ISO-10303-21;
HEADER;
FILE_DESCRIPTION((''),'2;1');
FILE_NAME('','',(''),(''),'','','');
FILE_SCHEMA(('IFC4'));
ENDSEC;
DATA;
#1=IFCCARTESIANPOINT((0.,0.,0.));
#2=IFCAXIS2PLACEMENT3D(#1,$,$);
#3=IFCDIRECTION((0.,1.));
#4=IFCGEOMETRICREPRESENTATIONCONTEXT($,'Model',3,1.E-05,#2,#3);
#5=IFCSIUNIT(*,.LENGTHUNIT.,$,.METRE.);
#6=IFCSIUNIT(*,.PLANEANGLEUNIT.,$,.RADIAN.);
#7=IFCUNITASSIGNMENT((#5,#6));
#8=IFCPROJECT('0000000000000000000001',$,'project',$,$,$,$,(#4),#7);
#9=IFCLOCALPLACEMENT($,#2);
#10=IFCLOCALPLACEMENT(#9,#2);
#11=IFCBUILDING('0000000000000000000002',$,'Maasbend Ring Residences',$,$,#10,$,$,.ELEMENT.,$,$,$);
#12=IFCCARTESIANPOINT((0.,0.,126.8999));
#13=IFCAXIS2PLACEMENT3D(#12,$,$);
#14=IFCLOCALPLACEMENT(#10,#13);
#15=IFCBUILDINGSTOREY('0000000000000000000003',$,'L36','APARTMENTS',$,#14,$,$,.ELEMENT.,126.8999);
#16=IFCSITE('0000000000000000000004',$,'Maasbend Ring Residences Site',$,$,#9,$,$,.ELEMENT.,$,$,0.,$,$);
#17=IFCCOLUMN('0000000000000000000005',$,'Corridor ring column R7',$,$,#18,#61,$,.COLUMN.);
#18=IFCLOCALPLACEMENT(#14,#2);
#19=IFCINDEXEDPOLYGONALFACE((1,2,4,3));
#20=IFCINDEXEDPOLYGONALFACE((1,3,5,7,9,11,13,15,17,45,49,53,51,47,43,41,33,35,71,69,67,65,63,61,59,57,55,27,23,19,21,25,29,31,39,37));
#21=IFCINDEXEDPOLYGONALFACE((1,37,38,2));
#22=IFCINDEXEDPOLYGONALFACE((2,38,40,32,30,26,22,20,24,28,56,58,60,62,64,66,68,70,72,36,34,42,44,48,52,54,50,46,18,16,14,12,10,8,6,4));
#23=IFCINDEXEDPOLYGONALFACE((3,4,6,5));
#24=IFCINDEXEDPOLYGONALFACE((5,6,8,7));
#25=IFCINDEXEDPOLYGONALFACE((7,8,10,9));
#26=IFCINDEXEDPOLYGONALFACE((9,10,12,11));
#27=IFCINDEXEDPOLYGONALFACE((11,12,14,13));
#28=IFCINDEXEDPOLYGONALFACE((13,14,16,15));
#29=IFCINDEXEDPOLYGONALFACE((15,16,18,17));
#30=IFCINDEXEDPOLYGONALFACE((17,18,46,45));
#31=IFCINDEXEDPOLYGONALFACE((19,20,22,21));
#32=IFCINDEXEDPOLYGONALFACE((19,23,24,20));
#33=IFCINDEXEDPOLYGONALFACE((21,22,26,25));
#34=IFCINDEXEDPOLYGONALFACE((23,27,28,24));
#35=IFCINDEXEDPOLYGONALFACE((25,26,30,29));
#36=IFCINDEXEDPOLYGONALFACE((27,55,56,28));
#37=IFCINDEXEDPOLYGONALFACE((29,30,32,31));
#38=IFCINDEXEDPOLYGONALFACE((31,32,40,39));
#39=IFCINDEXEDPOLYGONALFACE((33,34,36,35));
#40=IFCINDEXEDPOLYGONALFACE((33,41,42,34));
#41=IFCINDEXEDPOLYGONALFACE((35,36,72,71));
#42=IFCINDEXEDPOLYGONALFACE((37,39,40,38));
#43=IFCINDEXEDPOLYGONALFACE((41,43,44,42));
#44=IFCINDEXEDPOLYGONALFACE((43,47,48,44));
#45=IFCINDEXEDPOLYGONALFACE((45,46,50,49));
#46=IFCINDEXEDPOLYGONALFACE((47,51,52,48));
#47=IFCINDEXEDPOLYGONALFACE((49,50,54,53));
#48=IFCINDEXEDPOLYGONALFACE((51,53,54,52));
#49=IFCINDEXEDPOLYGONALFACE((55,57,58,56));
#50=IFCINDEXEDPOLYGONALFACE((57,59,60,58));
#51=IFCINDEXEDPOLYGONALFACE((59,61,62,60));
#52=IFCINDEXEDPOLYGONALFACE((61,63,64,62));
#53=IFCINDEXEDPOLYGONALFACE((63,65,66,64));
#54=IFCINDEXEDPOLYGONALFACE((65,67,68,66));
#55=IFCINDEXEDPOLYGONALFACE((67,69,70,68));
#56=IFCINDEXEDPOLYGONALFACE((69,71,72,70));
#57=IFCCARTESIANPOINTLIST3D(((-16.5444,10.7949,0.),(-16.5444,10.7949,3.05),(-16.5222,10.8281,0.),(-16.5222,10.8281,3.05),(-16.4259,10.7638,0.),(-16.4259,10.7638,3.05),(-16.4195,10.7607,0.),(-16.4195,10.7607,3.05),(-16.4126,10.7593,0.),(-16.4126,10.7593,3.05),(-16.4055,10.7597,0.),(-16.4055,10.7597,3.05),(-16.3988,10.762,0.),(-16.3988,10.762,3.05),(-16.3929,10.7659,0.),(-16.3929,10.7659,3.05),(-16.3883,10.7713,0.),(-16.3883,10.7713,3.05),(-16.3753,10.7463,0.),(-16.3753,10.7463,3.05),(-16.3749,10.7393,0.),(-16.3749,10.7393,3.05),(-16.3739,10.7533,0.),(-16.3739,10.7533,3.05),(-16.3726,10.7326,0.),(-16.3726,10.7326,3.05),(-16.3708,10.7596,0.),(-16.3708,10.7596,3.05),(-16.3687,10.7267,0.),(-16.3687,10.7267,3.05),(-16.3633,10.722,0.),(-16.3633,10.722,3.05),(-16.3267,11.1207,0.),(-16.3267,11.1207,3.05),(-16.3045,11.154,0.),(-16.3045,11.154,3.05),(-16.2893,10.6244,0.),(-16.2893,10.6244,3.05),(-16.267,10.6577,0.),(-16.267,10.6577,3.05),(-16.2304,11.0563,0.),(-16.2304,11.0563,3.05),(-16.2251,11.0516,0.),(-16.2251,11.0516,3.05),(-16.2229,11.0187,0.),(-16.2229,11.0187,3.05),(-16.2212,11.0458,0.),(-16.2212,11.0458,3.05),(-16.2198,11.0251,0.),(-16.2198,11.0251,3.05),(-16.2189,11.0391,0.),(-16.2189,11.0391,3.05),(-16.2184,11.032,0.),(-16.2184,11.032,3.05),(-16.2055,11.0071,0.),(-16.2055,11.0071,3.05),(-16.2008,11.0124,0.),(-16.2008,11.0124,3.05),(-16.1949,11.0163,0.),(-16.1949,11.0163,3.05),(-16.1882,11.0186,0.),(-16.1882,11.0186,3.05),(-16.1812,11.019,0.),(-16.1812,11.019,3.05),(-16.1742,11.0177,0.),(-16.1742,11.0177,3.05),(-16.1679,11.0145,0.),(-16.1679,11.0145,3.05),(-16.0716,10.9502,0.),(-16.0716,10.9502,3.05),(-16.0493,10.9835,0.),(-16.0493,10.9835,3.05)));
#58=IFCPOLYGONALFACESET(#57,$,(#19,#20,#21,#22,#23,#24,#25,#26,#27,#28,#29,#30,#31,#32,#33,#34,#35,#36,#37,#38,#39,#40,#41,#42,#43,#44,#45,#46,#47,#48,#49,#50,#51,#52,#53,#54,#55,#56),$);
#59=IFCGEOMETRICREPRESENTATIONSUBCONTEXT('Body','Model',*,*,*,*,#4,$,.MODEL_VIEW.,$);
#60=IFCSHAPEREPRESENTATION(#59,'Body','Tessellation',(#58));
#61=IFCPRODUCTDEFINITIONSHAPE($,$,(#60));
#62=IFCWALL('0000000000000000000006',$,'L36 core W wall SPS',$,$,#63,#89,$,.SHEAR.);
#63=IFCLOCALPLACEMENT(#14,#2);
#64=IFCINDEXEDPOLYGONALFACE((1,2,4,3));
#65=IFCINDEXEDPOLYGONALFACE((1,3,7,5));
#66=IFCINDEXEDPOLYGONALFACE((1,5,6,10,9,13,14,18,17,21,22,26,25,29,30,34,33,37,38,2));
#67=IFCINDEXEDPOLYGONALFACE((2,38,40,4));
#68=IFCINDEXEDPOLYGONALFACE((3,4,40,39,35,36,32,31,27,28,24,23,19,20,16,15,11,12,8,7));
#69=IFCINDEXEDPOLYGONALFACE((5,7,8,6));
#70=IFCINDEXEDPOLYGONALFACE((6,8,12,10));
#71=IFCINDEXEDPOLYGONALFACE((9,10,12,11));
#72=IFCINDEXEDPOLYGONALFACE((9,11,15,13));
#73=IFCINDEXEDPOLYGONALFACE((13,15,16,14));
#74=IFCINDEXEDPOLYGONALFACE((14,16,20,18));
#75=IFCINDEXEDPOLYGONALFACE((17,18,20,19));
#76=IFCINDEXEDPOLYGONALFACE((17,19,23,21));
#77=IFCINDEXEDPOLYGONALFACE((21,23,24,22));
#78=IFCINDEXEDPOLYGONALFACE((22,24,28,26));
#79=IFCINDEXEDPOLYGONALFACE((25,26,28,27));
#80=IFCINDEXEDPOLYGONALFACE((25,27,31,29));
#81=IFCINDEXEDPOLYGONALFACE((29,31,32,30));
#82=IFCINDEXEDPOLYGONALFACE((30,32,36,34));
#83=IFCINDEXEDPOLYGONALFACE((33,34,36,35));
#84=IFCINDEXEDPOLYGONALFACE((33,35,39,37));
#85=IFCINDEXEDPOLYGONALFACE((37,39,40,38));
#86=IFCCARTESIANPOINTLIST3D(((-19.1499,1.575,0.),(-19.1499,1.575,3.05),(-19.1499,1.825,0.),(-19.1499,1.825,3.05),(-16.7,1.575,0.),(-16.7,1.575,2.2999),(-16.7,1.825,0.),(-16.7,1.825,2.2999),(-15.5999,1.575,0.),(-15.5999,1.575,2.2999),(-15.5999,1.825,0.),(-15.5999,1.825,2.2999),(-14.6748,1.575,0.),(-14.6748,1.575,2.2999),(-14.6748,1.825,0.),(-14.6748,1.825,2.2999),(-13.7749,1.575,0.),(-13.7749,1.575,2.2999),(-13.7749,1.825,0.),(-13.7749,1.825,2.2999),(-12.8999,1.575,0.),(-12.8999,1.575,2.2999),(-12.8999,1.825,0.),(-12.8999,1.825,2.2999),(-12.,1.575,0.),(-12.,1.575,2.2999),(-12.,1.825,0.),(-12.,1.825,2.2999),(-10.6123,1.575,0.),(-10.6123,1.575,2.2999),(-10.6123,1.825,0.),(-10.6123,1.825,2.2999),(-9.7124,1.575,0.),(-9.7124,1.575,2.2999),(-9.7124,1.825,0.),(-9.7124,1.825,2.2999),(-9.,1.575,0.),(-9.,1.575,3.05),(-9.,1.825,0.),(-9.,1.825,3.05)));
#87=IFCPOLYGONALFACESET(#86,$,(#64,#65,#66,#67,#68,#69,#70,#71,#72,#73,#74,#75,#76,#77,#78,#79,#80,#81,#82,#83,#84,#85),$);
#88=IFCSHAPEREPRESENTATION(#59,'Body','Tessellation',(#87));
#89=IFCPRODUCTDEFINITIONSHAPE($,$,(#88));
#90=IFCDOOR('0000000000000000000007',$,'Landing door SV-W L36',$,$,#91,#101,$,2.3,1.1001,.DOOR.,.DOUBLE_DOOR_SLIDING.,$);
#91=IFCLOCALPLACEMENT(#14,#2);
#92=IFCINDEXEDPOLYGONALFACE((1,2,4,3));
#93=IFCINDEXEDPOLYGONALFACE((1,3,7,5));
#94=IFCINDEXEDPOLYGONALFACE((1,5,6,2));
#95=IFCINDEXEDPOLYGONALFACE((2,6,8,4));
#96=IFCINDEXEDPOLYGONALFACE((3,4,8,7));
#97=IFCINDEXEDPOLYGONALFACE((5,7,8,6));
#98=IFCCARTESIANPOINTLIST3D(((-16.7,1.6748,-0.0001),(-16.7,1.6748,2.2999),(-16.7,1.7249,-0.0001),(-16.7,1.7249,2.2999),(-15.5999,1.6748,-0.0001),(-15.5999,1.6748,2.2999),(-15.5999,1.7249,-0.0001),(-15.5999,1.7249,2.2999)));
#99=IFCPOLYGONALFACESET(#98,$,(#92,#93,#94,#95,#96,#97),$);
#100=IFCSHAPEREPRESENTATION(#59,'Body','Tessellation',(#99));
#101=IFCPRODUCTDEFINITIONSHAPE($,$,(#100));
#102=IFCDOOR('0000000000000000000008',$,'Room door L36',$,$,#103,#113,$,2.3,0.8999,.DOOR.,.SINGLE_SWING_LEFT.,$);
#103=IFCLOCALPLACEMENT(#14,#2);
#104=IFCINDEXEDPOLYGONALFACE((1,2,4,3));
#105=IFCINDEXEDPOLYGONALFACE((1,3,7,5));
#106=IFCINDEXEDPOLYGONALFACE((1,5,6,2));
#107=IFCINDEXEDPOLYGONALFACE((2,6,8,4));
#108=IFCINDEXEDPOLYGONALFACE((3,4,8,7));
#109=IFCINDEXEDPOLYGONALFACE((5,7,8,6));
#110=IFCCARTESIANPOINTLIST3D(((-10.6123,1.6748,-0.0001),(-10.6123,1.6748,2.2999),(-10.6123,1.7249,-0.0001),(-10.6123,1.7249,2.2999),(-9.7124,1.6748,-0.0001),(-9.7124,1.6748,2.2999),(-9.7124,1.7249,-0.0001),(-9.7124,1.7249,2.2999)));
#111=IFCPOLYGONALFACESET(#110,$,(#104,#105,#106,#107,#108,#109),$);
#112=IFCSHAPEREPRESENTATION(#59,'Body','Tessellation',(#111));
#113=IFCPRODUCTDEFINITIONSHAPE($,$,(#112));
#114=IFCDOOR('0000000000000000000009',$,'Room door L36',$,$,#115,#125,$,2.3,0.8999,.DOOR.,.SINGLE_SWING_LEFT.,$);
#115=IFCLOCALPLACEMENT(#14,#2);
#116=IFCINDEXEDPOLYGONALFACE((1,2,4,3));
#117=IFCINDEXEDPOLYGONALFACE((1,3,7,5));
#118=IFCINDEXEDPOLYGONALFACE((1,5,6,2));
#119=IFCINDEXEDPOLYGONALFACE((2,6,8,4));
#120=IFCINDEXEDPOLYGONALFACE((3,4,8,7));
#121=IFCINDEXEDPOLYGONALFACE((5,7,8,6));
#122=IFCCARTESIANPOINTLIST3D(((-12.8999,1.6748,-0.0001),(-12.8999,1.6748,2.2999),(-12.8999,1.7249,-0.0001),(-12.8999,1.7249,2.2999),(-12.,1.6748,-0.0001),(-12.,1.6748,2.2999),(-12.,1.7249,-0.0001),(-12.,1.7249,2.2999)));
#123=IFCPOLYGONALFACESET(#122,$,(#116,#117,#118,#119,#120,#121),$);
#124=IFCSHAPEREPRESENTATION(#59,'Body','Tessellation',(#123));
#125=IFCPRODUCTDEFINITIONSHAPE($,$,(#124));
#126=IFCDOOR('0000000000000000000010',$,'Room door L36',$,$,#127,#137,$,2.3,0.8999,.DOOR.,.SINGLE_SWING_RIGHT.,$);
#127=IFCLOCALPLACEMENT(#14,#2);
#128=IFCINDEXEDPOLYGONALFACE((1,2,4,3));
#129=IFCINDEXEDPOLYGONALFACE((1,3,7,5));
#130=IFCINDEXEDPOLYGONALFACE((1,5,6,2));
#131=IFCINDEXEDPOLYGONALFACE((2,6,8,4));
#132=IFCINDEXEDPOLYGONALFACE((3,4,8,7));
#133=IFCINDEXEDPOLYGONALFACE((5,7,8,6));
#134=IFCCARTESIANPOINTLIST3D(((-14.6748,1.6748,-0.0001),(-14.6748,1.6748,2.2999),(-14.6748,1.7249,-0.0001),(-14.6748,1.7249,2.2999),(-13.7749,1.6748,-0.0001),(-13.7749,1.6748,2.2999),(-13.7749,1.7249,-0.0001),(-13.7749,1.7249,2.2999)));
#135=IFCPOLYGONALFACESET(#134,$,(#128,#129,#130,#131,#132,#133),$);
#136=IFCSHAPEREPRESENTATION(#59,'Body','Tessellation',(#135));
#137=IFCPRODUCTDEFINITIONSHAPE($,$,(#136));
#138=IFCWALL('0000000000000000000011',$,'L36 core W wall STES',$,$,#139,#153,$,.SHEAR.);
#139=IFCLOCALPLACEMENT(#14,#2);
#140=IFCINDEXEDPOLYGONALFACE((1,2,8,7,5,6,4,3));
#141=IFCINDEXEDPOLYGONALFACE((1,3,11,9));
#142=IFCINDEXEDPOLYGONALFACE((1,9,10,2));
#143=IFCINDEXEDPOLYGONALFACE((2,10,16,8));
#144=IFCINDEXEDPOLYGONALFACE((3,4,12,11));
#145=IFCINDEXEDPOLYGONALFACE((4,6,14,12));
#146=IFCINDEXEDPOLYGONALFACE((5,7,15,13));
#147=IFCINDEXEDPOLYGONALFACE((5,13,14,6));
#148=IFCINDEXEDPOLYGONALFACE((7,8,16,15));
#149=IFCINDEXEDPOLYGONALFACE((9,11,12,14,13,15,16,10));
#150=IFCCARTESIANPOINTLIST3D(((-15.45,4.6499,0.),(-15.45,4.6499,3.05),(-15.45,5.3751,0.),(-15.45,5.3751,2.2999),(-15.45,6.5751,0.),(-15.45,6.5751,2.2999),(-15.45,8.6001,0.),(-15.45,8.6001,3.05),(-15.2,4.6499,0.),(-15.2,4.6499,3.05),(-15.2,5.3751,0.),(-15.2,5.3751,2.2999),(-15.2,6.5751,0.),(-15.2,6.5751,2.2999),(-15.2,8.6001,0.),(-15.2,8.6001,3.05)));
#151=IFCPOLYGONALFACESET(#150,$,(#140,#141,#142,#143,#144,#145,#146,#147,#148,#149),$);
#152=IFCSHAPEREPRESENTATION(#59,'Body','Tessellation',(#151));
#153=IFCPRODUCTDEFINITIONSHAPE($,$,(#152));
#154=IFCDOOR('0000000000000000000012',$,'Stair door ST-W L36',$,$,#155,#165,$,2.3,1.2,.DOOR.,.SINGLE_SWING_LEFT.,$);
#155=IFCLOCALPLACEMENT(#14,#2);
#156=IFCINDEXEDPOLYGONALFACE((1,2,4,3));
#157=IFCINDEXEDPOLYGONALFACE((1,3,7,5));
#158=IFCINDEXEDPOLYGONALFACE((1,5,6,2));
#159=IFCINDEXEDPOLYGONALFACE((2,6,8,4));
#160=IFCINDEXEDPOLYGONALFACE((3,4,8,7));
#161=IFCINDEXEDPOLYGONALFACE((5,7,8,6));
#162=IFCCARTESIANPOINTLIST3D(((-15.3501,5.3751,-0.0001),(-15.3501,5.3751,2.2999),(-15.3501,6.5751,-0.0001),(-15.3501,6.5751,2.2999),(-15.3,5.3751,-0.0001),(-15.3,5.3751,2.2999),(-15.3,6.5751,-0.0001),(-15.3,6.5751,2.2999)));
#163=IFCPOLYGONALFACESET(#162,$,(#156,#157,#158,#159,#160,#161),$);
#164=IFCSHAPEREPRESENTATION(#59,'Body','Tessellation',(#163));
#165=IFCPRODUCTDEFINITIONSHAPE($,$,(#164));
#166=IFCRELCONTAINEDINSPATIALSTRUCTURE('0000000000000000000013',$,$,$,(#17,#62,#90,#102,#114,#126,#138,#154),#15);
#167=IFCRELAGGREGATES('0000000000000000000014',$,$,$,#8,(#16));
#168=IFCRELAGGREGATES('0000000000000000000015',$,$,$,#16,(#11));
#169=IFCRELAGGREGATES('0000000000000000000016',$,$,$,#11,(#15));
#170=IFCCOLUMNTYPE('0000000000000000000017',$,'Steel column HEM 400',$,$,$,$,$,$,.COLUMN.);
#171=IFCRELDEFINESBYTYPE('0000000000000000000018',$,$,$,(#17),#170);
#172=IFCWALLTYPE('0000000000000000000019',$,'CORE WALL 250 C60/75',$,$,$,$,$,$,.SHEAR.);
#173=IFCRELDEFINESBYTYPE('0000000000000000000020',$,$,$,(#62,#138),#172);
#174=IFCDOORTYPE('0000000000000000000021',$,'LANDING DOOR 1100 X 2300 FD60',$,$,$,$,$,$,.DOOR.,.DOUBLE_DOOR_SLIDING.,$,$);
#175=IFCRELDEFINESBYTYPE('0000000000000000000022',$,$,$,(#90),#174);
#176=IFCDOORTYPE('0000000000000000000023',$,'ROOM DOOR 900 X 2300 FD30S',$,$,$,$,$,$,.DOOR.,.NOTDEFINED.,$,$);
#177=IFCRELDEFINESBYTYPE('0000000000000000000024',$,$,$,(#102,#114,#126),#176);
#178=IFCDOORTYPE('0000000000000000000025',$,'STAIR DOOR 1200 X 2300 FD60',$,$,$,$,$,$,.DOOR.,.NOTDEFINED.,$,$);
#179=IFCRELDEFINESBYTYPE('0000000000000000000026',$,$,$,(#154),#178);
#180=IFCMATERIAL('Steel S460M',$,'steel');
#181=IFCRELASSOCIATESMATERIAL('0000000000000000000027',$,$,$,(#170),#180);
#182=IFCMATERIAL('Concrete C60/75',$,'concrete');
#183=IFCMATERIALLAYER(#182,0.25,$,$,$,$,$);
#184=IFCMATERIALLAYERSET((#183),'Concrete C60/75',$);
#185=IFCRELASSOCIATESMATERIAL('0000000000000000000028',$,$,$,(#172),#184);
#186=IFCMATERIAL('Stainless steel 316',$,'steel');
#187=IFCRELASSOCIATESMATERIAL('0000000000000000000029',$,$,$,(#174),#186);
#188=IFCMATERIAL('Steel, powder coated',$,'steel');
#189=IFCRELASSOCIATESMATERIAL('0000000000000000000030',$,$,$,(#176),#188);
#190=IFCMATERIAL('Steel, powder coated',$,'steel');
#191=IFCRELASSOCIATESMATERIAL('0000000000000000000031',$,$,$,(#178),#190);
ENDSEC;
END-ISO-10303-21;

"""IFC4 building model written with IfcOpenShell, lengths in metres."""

from ifc_helpers import new_model, si_unit, direction, frame, frame_2d, origin, origin_2d, place, context, subcontext, project, spatial, rectangle, i_section, extrude, material, layer, layer_set, material_profile, profile_set, type_object, element, fill, save


model = new_model("IFC4")

# Units and contexts
model_context = context("Model", 3, precision=1e-05, world=origin(), true_north=direction((0.0, 1.0)))
body_context = subcontext(model_context, "Body", "Model", "MODEL_VIEW")
ifc_project = project(units=[si_unit("LENGTHUNIT", "METRE"), si_unit("PLANEANGLEUNIT", "RADIAN")], contexts=[model_context])

# Site, building, storey
site_placement = place(None, origin())
site = spatial("IfcSite", under=ifc_project, at=site_placement, Name="Maasbend Ring Residences Site", CompositionType="ELEMENT", RefElevation=0.0)
building_placement = place(site_placement, origin())
building = spatial("IfcBuilding", under=site, at=building_placement, Name="Maasbend Ring Residences", CompositionType="ELEMENT")
storey_placement = place(building_placement, frame((0.0, 0.0, 126.8999)))
storey = spatial("IfcBuildingStorey", under=building, at=storey_placement, Name="L36", Description="APARTMENTS", CompositionType="ELEMENT", Elevation=126.8999)

# Column
ifc_material_1 = material(Name="Steel S460M", Category="steel")
ifc_material_profile = material_profile(ifc_material_1, i_section(OverallWidth=0.3069, OverallDepth=0.4319, WebThickness=0.021, FlangeThickness=0.04, FilletRadius=0.0271, at=origin_2d()), Name="HEM 400")
ifc_profile_set = profile_set([ifc_material_profile], Name="Steel S460M")
column_type = type_object("IfcColumnType", Name="Steel column HEM 400", PredefinedType="COLUMN", material=ifc_profile_set)
column_placement = place(storey_placement, frame((-16.2969, 10.8892, 0.0), z_axis=(0.0, 0.0, 1.0), x_axis=(-0.83147, 0.55557, 0.0)))
element("IfcColumn", 1, at=column_placement, inside=storey, type_object=column_type, Name="Corridor ring column R7", PredefinedType="COLUMN", context=body_context, shape_type="SweptSolid", body=[
    extrude(i_section(OverallWidth=0.3069, OverallDepth=0.4319, WebThickness=0.021, FlangeThickness=0.04, FilletRadius=0.0271, at=origin_2d()), origin(), (0.0, 0.0, 1.0), 3.05),
])

# Wall, openings, doors
ifc_material_2 = material(Name="Concrete C60/75", Category="concrete")
ifc_layer_1 = layer(ifc_material_2, 0.25)
ifc_layer_set_1 = layer_set([ifc_layer_1], Name="Concrete C60/75")
wall_type_1 = type_object("IfcWallType", Name="CORE WALL 250 C60/75", PredefinedType="SHEAR", material=ifc_layer_set_1)
wall_1_placement = place(storey_placement, frame((-19.1499, 1.7, 0.0), z_axis=(0.0, 0.0, 1.0), x_axis=(1.0, 0.0, 0.0)))
wall_1 = element("IfcWall", 2, at=wall_1_placement, inside=storey, type_object=wall_type_1, Name="L36 core W wall SPS", PredefinedType="SHEAR", context=body_context, shape_type="SweptSolid", body=[
    extrude(rectangle(XDim=10.1499, YDim=0.25, at=frame_2d((5.075, 0.0))), origin(), (0.0, 0.0, 1.0), 3.05),
])
opening_1_placement = place(wall_1_placement, frame((2.45, 0.0, 0.0)))
opening_1 = element("IfcOpeningElement", 3, at=opening_1_placement, cuts=wall_1, PredefinedType="OPENING", context=body_context, shape_type="SweptSolid", body=[
    extrude(rectangle(XDim=1.1001, YDim=2.3, at=frame_2d((0.55, 1.1499))), frame((0.0, 0.135, 0.0), z_axis=(0.0, -1.0, 0.0), x_axis=(1.0, 0.0, 0.0)), (0.0, 0.0, 1.0), 0.27),
])
opening_2_placement = place(wall_1_placement, frame((8.5376, 0.0, 0.0)))
opening_2 = element("IfcOpeningElement", 4, at=opening_2_placement, cuts=wall_1, PredefinedType="OPENING", context=body_context, shape_type="SweptSolid", body=[
    extrude(rectangle(XDim=0.8999, YDim=2.3, at=frame_2d((0.45, 1.1499))), frame((0.0, 0.135, 0.0), z_axis=(0.0, -1.0, 0.0), x_axis=(1.0, 0.0, 0.0)), (0.0, 0.0, 1.0), 0.27),
])
opening_3_placement = place(wall_1_placement, frame((6.25, 0.0, 0.0)))
opening_3 = element("IfcOpeningElement", 5, at=opening_3_placement, cuts=wall_1, PredefinedType="OPENING", context=body_context, shape_type="SweptSolid", body=[
    extrude(rectangle(XDim=0.8999, YDim=2.3, at=frame_2d((0.45, 1.1499))), frame((0.0, 0.135, 0.0), z_axis=(0.0, -1.0, 0.0), x_axis=(1.0, 0.0, 0.0)), (0.0, 0.0, 1.0), 0.27),
])
opening_4_placement = place(wall_1_placement, frame((4.4751, 0.0, 0.0)))
opening_4 = element("IfcOpeningElement", 6, at=opening_4_placement, cuts=wall_1, PredefinedType="OPENING", context=body_context, shape_type="SweptSolid", body=[
    extrude(rectangle(XDim=0.8999, YDim=2.3, at=frame_2d((0.45, 1.1499))), frame((0.0, 0.135, 0.0), z_axis=(0.0, -1.0, 0.0), x_axis=(1.0, 0.0, 0.0)), (0.0, 0.0, 1.0), 0.27),
])
ifc_material_3 = material(Name="Stainless steel 316", Category="steel")
door_type_1 = type_object("IfcDoorType", Name="LANDING DOOR 1100 X 2300 FD60", OperationType="DOUBLE_DOOR_SLIDING", PredefinedType="DOOR", material=ifc_material_3)
door_1_placement = place(opening_1_placement, origin())
door_1 = element("IfcDoor", 7, at=door_1_placement, inside=storey, type_object=door_type_1, Name="Landing door SV-W L36", OperationType="DOUBLE_DOOR_SLIDING", OverallHeight=2.3, OverallWidth=1.1001, PredefinedType="DOOR", context=body_context, shape_type="SweptSolid", body=[
    extrude(rectangle(XDim=1.1001, YDim=2.3, at=frame_2d((0.55, 1.1499))), frame((0.0, 0.0249, 0.0), z_axis=(0.0, -1.0, 0.0), x_axis=(1.0, 0.0, 0.0)), (0.0, 0.0, 1.0), 0.05),
])
fill(opening_1, door_1)
ifc_material_4 = material(Name="Steel, powder coated", Category="steel")
door_type_2 = type_object("IfcDoorType", Name="ROOM DOOR 900 X 2300 FD30S", OperationType="NOTDEFINED", PredefinedType="DOOR", material=ifc_material_4)
door_2_placement = place(opening_2_placement, origin())
door_2 = element("IfcDoor", 8, at=door_2_placement, inside=storey, type_object=door_type_2, Name="Room door L36", OperationType="SINGLE_SWING_LEFT", OverallHeight=2.3, OverallWidth=0.8999, PredefinedType="DOOR", context=body_context, shape_type="SweptSolid", body=[
    extrude(rectangle(XDim=0.8999, YDim=2.3, at=frame_2d((0.45, 1.1499))), frame((0.0, 0.0249, 0.0), z_axis=(0.0, -1.0, 0.0), x_axis=(1.0, 0.0, 0.0)), (0.0, 0.0, 1.0), 0.05),
])
fill(opening_2, door_2)
door_3_placement = place(opening_3_placement, origin())
door_3 = element("IfcDoor", 9, at=door_3_placement, inside=storey, type_object=door_type_2, Name="Room door L36", OperationType="SINGLE_SWING_LEFT", OverallHeight=2.3, OverallWidth=0.8999, PredefinedType="DOOR", context=body_context, shape_type="SweptSolid", body=[
    extrude(rectangle(XDim=0.8999, YDim=2.3, at=frame_2d((0.45, 1.1499))), frame((0.0, 0.0249, 0.0), z_axis=(0.0, -1.0, 0.0), x_axis=(1.0, 0.0, 0.0)), (0.0, 0.0, 1.0), 0.05),
])
fill(opening_3, door_3)
door_4_placement = place(opening_4_placement, origin())
door_4 = element("IfcDoor", 10, at=door_4_placement, inside=storey, type_object=door_type_2, Name="Room door L36", OperationType="SINGLE_SWING_RIGHT", OverallHeight=2.3, OverallWidth=0.8999, PredefinedType="DOOR", context=body_context, shape_type="SweptSolid", body=[
    extrude(rectangle(XDim=0.8999, YDim=2.3, at=frame_2d((0.45, 1.1499))), frame((0.0, 0.0249, 0.0), z_axis=(0.0, -1.0, 0.0), x_axis=(1.0, 0.0, 0.0)), (0.0, 0.0, 1.0), 0.05),
])
fill(opening_4, door_4)

# Wall, opening, door
wall_2_placement = place(storey_placement, frame((-15.325, 8.6001, 0.0), z_axis=(0.0, 0.0, 1.0), x_axis=(0.0, -1.0, 0.0)))
wall_2 = element("IfcWall", 11, at=wall_2_placement, inside=storey, type_object=wall_type_1, Name="L36 core W wall STES", PredefinedType="SHEAR", context=body_context, shape_type="SweptSolid", body=[
    extrude(rectangle(XDim=3.9502, YDim=0.25, at=frame_2d((1.9751, 0.0))), origin(), (0.0, 0.0, 1.0), 3.05),
])
opening_5_placement = place(wall_2_placement, frame((2.0249, 0.0, 0.0)))
opening_5 = element("IfcOpeningElement", 12, at=opening_5_placement, cuts=wall_2, PredefinedType="OPENING", context=body_context, shape_type="SweptSolid", body=[
    extrude(rectangle(XDim=1.2, YDim=2.3, at=frame_2d((0.6001, 1.1499))), frame((0.0, 0.135, 0.0), z_axis=(0.0, -1.0, 0.0), x_axis=(1.0, 0.0, 0.0)), (0.0, 0.0, 1.0), 0.27),
])
ifc_material_5 = material(Name="Steel, powder coated", Category="steel")
door_type_3 = type_object("IfcDoorType", Name="STAIR DOOR 1200 X 2300 FD60", OperationType="NOTDEFINED", PredefinedType="DOOR", material=ifc_material_5)
door_5_placement = place(opening_5_placement, origin())
door_5 = element("IfcDoor", 13, at=door_5_placement, inside=storey, type_object=door_type_3, Name="Stair door ST-W L36", OperationType="SINGLE_SWING_LEFT", OverallHeight=2.3, OverallWidth=1.2, PredefinedType="DOOR", context=body_context, shape_type="SweptSolid", body=[
    extrude(rectangle(XDim=1.2, YDim=2.3, at=frame_2d((0.6001, 1.1499))), frame((0.0, 0.0249, 0.0), z_axis=(0.0, -1.0, 0.0), x_axis=(1.0, 0.0, 0.0)), (0.0, 0.0, 1.0), 0.05),
])
fill(opening_5, door_5)

save(model, "model.ifc")
